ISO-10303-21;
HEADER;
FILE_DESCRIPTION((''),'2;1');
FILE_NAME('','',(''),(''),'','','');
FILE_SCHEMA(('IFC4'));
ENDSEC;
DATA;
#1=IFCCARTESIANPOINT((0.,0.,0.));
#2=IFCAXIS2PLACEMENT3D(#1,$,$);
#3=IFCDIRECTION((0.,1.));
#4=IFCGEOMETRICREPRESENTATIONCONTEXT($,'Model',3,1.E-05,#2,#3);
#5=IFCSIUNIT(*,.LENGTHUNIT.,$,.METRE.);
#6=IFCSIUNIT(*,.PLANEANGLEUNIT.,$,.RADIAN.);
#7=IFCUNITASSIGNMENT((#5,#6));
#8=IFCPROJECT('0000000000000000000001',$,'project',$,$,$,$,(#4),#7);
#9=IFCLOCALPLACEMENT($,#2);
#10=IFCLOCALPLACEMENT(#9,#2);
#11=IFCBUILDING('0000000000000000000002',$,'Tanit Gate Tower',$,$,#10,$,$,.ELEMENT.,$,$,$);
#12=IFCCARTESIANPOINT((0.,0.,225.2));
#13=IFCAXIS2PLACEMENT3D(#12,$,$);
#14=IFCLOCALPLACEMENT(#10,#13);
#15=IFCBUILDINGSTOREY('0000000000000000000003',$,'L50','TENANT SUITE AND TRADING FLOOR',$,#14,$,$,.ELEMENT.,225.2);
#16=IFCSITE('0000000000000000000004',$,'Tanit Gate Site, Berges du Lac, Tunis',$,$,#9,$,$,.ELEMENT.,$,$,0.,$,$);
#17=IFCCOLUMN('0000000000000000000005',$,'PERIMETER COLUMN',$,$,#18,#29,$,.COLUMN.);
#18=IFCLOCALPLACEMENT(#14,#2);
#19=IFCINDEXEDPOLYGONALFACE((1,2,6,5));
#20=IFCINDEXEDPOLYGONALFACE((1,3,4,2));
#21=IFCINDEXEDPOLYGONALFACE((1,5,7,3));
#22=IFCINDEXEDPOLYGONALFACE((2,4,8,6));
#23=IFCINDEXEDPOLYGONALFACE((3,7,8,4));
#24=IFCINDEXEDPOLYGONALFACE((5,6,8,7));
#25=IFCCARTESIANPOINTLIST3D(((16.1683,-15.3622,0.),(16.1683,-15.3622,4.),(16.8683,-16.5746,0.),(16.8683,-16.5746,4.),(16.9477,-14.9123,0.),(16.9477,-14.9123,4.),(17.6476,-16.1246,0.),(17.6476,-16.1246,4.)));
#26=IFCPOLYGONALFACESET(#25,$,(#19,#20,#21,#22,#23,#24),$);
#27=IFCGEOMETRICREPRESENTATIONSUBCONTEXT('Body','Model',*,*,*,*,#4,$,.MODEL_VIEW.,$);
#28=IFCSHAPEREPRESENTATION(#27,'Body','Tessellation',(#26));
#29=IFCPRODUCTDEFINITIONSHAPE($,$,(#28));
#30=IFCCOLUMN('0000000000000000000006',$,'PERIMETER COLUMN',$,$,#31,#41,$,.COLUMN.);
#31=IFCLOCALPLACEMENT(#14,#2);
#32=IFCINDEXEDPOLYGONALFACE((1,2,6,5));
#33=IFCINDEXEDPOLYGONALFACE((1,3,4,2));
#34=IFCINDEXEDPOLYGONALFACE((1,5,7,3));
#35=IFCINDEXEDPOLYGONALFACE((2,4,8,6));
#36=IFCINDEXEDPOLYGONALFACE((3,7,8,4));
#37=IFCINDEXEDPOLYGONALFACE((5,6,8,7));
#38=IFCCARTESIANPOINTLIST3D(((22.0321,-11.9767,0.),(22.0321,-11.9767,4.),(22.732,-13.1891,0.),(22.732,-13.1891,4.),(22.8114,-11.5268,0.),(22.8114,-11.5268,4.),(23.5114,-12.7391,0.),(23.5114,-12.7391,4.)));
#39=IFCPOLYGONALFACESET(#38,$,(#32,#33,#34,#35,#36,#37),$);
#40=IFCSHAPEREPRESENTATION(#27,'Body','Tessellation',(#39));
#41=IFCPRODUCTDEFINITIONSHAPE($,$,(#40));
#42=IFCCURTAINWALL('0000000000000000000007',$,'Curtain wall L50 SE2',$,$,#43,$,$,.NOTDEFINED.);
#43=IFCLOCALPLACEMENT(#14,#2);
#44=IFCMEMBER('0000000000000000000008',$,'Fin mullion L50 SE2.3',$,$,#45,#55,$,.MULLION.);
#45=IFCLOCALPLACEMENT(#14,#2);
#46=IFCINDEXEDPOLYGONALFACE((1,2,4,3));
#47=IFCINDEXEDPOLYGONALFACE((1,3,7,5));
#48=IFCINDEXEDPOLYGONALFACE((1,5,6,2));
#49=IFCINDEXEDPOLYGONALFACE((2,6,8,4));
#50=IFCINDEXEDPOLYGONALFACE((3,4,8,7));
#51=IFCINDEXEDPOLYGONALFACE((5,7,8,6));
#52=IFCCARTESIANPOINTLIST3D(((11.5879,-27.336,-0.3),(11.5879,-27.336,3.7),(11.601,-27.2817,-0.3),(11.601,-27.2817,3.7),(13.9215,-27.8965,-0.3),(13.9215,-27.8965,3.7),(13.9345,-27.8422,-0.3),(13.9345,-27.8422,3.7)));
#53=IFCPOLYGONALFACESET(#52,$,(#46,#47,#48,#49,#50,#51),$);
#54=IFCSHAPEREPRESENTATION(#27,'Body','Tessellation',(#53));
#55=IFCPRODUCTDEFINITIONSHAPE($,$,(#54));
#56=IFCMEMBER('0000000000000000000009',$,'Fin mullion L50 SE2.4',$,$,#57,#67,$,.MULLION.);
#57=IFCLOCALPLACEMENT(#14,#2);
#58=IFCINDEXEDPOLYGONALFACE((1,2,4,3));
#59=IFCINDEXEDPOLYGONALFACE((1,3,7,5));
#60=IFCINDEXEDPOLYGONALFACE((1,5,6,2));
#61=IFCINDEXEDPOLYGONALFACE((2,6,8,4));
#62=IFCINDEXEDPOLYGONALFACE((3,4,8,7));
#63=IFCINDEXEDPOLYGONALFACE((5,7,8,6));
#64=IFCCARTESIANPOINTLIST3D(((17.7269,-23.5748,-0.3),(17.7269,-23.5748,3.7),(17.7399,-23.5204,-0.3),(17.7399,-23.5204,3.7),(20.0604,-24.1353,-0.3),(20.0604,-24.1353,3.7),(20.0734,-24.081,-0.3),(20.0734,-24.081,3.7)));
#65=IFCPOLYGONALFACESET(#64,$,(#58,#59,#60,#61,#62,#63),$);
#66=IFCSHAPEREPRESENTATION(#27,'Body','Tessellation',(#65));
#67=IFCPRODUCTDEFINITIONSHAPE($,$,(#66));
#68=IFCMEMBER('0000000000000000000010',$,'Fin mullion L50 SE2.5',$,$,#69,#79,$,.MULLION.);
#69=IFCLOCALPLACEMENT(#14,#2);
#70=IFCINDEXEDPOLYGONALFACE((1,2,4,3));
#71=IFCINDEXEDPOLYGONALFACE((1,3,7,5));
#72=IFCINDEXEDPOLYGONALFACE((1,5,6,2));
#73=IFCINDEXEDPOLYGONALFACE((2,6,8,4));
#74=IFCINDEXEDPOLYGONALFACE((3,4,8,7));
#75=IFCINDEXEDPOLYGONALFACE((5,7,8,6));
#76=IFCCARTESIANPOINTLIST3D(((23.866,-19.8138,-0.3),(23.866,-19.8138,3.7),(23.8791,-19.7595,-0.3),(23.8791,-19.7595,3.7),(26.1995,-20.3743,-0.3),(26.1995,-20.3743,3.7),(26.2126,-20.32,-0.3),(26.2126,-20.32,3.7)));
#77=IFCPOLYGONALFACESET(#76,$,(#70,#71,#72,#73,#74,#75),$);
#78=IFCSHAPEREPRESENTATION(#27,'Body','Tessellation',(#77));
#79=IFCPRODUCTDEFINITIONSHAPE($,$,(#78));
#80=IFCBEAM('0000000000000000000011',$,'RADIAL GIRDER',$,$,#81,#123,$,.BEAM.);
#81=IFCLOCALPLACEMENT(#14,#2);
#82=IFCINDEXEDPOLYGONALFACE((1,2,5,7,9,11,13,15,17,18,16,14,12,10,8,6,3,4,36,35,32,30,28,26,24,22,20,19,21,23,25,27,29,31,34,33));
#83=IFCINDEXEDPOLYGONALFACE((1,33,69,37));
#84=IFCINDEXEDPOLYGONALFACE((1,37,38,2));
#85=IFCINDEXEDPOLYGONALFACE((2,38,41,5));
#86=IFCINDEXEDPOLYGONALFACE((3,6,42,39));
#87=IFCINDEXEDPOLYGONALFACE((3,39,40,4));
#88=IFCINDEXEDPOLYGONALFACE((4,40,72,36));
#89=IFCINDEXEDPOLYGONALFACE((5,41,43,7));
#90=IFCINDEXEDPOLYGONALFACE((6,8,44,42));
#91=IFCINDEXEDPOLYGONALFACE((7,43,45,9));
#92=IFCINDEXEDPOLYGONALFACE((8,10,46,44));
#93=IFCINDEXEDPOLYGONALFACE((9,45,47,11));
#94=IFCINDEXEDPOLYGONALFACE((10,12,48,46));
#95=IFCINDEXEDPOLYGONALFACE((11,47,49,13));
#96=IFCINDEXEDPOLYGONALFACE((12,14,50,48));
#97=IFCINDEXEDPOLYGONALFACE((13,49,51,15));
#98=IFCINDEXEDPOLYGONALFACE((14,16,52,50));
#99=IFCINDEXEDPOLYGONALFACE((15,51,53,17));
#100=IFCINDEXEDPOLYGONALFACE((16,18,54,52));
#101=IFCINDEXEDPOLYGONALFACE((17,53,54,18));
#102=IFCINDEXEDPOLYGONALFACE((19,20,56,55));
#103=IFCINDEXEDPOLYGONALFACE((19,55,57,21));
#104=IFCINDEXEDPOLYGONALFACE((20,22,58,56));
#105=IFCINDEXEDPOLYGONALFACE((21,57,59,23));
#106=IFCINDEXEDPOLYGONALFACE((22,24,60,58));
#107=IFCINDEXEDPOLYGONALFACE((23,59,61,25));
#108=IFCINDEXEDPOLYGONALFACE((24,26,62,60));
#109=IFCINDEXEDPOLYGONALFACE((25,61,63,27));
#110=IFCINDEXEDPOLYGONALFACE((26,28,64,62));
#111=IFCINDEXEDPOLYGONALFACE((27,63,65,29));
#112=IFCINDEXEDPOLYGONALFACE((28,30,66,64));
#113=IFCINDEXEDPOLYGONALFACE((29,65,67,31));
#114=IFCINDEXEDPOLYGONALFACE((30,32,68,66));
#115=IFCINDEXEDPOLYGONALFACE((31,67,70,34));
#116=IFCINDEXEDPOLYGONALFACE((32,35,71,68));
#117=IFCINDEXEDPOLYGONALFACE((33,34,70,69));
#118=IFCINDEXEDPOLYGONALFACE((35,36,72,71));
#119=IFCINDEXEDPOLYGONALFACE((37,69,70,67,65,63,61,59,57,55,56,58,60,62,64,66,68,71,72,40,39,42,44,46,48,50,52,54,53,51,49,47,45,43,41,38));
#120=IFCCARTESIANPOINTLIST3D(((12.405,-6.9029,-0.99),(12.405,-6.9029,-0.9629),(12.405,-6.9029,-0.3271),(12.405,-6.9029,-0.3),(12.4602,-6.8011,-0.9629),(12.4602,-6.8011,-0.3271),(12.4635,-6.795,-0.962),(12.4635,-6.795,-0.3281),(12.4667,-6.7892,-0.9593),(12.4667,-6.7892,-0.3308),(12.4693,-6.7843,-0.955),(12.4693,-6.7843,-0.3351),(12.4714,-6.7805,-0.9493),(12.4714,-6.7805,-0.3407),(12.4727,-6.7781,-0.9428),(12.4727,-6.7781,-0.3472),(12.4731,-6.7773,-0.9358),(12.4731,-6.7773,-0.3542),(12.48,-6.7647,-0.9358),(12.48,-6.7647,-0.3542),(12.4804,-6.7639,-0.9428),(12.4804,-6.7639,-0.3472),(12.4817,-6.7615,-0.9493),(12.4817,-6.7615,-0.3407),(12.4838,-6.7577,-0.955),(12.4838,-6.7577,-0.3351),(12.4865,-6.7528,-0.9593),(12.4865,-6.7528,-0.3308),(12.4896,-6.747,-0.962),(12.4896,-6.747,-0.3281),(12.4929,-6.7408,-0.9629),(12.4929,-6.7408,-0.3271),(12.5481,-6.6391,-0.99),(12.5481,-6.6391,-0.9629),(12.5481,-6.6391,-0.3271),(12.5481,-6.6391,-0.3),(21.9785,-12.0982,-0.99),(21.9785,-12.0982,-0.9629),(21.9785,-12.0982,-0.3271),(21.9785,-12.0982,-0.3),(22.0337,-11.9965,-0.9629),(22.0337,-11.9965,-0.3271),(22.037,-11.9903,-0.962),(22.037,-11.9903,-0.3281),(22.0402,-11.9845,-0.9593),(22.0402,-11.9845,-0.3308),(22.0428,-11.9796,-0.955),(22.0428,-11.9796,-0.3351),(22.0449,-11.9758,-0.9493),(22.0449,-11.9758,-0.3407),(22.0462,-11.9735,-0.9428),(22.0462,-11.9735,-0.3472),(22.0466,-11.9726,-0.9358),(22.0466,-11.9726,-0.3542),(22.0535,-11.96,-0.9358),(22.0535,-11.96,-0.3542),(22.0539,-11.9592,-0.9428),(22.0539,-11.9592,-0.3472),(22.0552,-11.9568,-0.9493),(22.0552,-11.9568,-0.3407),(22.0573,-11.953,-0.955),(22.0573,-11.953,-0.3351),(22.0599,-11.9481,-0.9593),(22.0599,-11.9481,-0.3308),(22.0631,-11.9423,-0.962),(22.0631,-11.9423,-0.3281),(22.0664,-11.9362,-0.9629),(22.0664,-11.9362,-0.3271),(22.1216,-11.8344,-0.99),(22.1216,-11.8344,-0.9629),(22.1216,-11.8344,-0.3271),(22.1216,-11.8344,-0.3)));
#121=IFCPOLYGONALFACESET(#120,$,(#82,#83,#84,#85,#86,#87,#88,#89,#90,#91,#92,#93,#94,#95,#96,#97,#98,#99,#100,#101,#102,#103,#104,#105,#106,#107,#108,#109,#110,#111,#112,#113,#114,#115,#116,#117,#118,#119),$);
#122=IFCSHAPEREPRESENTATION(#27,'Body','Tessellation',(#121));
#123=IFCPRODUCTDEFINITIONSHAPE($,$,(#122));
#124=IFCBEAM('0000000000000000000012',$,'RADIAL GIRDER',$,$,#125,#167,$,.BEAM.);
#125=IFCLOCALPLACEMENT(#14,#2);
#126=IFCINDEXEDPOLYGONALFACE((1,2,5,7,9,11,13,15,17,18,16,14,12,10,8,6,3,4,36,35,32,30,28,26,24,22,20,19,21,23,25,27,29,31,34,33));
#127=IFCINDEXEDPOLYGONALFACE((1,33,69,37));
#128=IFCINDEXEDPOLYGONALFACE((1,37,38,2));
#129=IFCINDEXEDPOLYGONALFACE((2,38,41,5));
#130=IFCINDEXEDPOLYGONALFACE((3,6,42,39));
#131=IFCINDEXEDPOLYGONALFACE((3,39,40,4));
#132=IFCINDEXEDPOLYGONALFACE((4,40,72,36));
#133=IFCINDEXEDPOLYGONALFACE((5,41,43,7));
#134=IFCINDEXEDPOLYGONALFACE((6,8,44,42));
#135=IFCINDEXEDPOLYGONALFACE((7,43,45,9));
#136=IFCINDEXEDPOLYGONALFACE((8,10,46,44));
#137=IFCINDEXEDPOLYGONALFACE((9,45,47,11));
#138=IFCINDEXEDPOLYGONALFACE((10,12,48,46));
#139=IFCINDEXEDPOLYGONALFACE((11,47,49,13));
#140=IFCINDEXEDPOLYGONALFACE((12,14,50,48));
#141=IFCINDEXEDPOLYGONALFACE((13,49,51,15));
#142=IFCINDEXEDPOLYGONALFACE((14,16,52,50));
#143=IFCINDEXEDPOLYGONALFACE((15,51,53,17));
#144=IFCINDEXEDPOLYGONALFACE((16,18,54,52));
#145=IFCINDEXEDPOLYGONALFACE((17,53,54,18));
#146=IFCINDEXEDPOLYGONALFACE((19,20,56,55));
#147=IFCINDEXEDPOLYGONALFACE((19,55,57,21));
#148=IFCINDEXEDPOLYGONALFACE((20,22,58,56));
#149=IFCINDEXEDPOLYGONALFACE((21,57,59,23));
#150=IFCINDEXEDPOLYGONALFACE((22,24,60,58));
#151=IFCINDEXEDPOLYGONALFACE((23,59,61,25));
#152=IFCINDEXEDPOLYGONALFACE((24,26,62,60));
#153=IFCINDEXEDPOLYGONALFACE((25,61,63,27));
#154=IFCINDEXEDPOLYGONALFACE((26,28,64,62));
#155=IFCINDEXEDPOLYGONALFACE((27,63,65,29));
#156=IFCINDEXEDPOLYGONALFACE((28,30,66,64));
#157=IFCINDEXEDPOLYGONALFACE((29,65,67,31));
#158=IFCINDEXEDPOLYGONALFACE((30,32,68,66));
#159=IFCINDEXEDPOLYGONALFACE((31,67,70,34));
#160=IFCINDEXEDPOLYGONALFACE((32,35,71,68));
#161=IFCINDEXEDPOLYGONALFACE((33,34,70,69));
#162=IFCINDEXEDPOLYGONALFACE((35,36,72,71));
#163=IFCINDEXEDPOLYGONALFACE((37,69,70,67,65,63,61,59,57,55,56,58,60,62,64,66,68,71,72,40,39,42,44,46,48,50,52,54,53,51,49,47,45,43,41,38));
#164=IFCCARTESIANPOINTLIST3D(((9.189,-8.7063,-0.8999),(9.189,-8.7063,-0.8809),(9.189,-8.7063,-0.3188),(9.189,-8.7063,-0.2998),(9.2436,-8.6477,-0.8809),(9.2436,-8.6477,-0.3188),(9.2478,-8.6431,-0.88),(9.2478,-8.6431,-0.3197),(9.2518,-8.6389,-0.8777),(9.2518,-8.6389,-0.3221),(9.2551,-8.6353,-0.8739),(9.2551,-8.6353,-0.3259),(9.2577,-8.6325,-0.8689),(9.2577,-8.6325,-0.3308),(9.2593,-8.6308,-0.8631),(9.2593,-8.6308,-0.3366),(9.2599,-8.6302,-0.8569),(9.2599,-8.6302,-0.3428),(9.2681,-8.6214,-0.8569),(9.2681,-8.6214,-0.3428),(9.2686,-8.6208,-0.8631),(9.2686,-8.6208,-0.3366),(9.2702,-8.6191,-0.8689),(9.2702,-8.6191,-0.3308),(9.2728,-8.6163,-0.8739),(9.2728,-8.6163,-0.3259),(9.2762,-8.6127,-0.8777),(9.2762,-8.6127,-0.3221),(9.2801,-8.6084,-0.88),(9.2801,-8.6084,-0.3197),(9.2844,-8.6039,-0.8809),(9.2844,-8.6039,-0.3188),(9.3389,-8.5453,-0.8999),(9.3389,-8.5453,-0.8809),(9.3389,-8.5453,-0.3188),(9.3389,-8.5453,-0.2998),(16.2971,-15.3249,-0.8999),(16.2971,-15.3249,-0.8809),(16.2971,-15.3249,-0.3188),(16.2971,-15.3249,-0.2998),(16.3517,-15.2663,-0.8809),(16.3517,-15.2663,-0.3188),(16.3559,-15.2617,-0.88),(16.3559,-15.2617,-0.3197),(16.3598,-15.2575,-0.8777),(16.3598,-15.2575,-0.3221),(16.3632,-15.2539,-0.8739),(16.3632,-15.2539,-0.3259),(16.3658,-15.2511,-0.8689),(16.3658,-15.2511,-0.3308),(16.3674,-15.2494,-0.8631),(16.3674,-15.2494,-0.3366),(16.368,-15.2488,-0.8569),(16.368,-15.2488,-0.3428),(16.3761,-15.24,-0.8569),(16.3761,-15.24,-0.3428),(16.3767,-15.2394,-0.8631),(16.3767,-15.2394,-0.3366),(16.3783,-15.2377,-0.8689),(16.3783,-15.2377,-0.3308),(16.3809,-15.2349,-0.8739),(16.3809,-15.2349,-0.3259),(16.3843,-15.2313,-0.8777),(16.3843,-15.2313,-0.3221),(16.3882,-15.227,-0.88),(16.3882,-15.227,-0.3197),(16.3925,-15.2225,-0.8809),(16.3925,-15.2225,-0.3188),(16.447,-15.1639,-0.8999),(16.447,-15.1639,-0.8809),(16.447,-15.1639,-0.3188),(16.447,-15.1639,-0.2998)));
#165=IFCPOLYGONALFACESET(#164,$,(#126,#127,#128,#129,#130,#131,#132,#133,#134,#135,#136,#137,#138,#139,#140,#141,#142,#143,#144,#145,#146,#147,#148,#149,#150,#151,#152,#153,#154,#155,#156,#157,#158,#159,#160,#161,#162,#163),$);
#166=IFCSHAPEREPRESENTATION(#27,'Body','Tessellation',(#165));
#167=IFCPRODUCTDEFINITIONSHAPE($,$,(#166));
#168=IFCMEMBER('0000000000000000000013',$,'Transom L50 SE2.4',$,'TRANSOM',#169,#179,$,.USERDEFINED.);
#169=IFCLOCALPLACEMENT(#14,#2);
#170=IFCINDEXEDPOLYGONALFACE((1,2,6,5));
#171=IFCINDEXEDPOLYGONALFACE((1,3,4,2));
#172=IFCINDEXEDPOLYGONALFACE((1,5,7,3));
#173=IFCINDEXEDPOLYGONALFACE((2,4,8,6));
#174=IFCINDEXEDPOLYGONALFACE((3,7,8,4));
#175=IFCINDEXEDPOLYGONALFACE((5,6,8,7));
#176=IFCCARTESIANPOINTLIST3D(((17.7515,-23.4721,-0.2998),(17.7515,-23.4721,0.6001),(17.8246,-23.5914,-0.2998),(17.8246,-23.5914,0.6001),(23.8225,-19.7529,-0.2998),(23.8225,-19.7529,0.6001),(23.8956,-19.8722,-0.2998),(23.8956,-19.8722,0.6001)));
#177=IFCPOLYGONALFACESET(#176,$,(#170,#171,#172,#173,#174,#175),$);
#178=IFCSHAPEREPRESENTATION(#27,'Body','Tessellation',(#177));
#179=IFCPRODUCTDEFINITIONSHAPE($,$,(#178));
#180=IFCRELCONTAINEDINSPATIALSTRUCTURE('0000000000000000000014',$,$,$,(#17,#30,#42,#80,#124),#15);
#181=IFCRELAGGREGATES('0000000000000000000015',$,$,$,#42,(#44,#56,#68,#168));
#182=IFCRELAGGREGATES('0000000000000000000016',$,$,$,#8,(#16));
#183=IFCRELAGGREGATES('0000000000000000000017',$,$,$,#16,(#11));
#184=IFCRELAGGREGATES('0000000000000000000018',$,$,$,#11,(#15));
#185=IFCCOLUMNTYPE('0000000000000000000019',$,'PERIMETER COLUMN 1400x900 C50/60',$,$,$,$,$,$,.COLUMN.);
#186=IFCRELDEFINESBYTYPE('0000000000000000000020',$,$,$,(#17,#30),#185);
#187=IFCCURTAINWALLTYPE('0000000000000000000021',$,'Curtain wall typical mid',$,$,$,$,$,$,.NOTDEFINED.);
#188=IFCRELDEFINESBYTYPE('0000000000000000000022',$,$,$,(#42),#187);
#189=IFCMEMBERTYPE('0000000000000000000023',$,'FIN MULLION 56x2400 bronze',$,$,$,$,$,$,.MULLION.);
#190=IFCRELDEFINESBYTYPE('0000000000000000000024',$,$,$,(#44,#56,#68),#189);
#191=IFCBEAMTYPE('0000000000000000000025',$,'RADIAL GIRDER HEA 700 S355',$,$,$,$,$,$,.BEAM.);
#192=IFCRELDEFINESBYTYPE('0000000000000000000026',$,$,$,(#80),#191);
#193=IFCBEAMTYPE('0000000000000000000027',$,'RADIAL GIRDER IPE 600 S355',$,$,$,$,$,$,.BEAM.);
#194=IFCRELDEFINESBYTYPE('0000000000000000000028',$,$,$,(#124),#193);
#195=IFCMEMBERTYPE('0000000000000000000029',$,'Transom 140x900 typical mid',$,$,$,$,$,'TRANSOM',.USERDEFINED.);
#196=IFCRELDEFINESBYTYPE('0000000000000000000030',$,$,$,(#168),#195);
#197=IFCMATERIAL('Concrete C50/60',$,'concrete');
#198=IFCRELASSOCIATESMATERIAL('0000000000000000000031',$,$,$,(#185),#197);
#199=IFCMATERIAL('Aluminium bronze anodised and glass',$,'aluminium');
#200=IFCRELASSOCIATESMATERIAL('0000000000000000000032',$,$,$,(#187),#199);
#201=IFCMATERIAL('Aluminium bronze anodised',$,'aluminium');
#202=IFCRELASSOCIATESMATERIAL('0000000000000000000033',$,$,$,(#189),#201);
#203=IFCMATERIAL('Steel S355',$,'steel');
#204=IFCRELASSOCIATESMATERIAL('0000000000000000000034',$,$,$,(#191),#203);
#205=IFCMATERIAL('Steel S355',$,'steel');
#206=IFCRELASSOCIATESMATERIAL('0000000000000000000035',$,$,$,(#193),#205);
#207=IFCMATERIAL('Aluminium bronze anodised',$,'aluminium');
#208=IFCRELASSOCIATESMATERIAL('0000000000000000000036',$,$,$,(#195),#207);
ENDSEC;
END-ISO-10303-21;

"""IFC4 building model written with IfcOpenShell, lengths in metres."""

from ifc_helpers import new_model, si_unit, direction, frame, origin, origin_2d, place, context, subcontext, project, spatial, rectangle, i_section, extrude, material, material_profile, profile_set, type_object, element, aggregate, save


model = new_model("IFC4")

# Units and contexts
model_context = context("Model", 3, precision=1e-05, world=origin(), true_north=direction((0.0, 1.0)))
body_context = subcontext(model_context, "Body", "Model", "MODEL_VIEW")
ifc_project = project(units=[si_unit("LENGTHUNIT", "METRE"), si_unit("PLANEANGLEUNIT", "RADIAN")], contexts=[model_context])

# Site, building, storey
site_placement = place(None, origin())
site = spatial("IfcSite", under=ifc_project, at=site_placement, Name="Tanit Gate Site, Berges du Lac, Tunis", CompositionType="ELEMENT", RefElevation=0.0)
building_placement = place(site_placement, origin())
building = spatial("IfcBuilding", under=site, at=building_placement, Name="Tanit Gate Tower", CompositionType="ELEMENT")
storey_placement = place(building_placement, frame((0.0, 0.0, 225.2)))
storey = spatial("IfcBuildingStorey", under=building, at=storey_placement, Name="L50", Description="TENANT SUITE AND TRADING FLOOR", CompositionType="ELEMENT", Elevation=225.2)

# Columns
ifc_material_1 = material(Name="Concrete C50/60", Category="concrete")
ifc_material_profile_1 = material_profile(ifc_material_1, rectangle(XDim=1.3999, YDim=0.8999, at=origin_2d()), Name="RC 1400x900")
ifc_profile_set_1 = profile_set([ifc_material_profile_1], Name="Concrete C50/60")
column_type = type_object("IfcColumnType", Name="PERIMETER COLUMN 1400x900 C50/60", PredefinedType="COLUMN", material=ifc_profile_set_1)
for number, where, z_axis, x_axis, name in (
    (1, (16.908, -15.7434, 0.0), (0.0, 0.0, 1.0), (0.5, -0.866025, 0.0), "PERIMETER COLUMN"),
    (2, (22.7717, -12.3579, 0.0), (0.0, 0.0, 1.0), (0.5, -0.866025, 0.0), "PERIMETER COLUMN"),
):
    element("IfcColumn", number, at=place(storey_placement, frame(where, z_axis=z_axis, x_axis=x_axis)), inside=storey, type_object=column_type, Name=name, PredefinedType="COLUMN", context=body_context, shape_type="SweptSolid", body=[
        extrude(rectangle(XDim=1.3999, YDim=0.8999, at=origin_2d()), origin(), (0.0, 0.0, 1.0), 4.0),
    ])

# Curtain wall, members
ifc_material_2 = material(Name="Aluminium bronze anodised and glass", Category="aluminium")
curtain_wall_type = type_object("IfcCurtainWallType", Name="Curtain wall typical mid", PredefinedType="NOTDEFINED", material=ifc_material_2)
curtain_wall_placement = place(storey_placement, origin())
curtain_wall = element("IfcCurtainWall", 3, at=curtain_wall_placement, inside=storey, type_object=curtain_wall_type, Name="Curtain wall L50 SE2", PredefinedType="NOTDEFINED")
ifc_material_3 = material(Name="Aluminium bronze anodised", Category="aluminium")
ifc_material_profile_2 = material_profile(ifc_material_3, rectangle(XDim=2.3999, YDim=0.0559, at=origin_2d()), Name="56x2400 bronze fin mullion")
ifc_profile_set_2 = profile_set([ifc_material_profile_2], Name="Aluminium bronze anodised")
member_type_1 = type_object("IfcMemberType", Name="FIN MULLION 56x2400 bronze", PredefinedType="MULLION", material=ifc_profile_set_2)
member_1_placement = place(storey_placement, frame((12.7612, -27.5891, -0.3), z_axis=(0.0, 0.0, 1.0), x_axis=(-0.972343, 0.233557, 0.0)))
member_1 = element("IfcMember", 4, at=member_1_placement, type_object=member_type_1, Name="Fin mullion L50 SE2.3", PredefinedType="MULLION", context=body_context, shape_type="SweptSolid", body=[
    extrude(rectangle(XDim=2.3999, YDim=0.0559, at=origin_2d()), origin(), (0.0, 0.0, 1.0), 4.0),
])
member_2_placement = place(storey_placement, frame((18.9001, -23.8279, -0.3), z_axis=(0.0, 0.0, 1.0), x_axis=(-0.972343, 0.233557, 0.0)))
member_2 = element("IfcMember", 5, at=member_2_placement, type_object=member_type_1, Name="Fin mullion L50 SE2.4", PredefinedType="MULLION", context=body_context, shape_type="SweptSolid", body=[
    extrude(rectangle(XDim=2.3999, YDim=0.0559, at=origin_2d()), origin(), (0.0, 0.0, 1.0), 4.0),
])
member_3_placement = place(storey_placement, frame((25.0393, -20.0669, -0.3), z_axis=(0.0, 0.0, 1.0), x_axis=(-0.972343, 0.233557, 0.0)))
member_3 = element("IfcMember", 6, at=member_3_placement, type_object=member_type_1, Name="Fin mullion L50 SE2.5", PredefinedType="MULLION", context=body_context, shape_type="SweptSolid", body=[
    extrude(rectangle(XDim=2.3999, YDim=0.0559, at=origin_2d()), origin(), (0.0, 0.0, 1.0), 4.0),
])

# Beams
ifc_material_4 = material(Name="Steel S355", Category="steel")
ifc_material_profile_3 = material_profile(ifc_material_4, i_section(OverallWidth=0.3, OverallDepth=0.6899, WebThickness=0.0144, FlangeThickness=0.0271, FilletRadius=0.0271, at=origin_2d()), Name="HEA 700")
ifc_profile_set_3 = profile_set([ifc_material_profile_3], Name="Steel S355")
beam_type_1 = type_object("IfcBeamType", Name="RADIAL GIRDER HEA 700 S355", PredefinedType="BEAM", material=ifc_profile_set_3)
beam_1_placement = place(storey_placement, frame((22.05, -11.9663, -0.645), z_axis=(-0.87892, 0.47697, 0.0), x_axis=(-0.47697, -0.87892, 0.0)))
element("IfcBeam", 7, at=beam_1_placement, inside=storey, type_object=beam_type_1, Name="RADIAL GIRDER", PredefinedType="BEAM", context=body_context, shape_type="SweptSolid", body=[
    extrude(i_section(OverallWidth=0.3, OverallDepth=0.6899, WebThickness=0.0144, FlangeThickness=0.0271, FilletRadius=0.0271, at=origin_2d()), origin(), (0.0, 0.0, 1.0), 10.8923),
])
ifc_material_5 = material(Name="Steel S355", Category="steel")
ifc_material_profile_4 = material_profile(ifc_material_5, i_section(OverallWidth=0.22, OverallDepth=0.6001, WebThickness=0.012, FlangeThickness=0.019, FilletRadius=0.0239, at=origin_2d()), Name="IPE 600")
ifc_profile_set_4 = profile_set([ifc_material_profile_4], Name="Steel S355")
beam_type_2 = type_object("IfcBeamType", Name="RADIAL GIRDER IPE 600 S355", PredefinedType="BEAM", material=ifc_profile_set_4)
beam_2_placement = place(storey_placement, frame((16.3721, -15.2444, -0.5999), z_axis=(-0.731857, 0.681458, 0.0), x_axis=(-0.681458, -0.731857, 0.0)))
element("IfcBeam", 8, at=beam_2_placement, inside=storey, type_object=beam_type_2, Name="RADIAL GIRDER", PredefinedType="BEAM", context=body_context, shape_type="SweptSolid", body=[
    extrude(i_section(OverallWidth=0.22, OverallDepth=0.6001, WebThickness=0.012, FlangeThickness=0.019, FilletRadius=0.0239, at=origin_2d()), origin(), (0.0, 0.0, 1.0), 9.7124),
])

# Member
ifc_material_6 = material(Name="Aluminium bronze anodised", Category="aluminium")
ifc_material_profile_5 = material_profile(ifc_material_6, rectangle(XDim=0.1399, YDim=0.8999, at=origin_2d()), Name="140x900 bronze transom")
ifc_profile_set_5 = profile_set([ifc_material_profile_5], Name="Aluminium bronze anodised")
member_type_2 = type_object("IfcMemberType", Name="Transom 140x900 typical mid", ElementType="TRANSOM", PredefinedType="USERDEFINED", material=ifc_profile_set_5)
member_4_placement = place(storey_placement, frame((17.7881, -23.5317, 0.1501), z_axis=(0.852709, 0.522386, 0.0), x_axis=(-0.522386, 0.852709, 0.0)))
member_4 = element("IfcMember", 9, at=member_4_placement, type_object=member_type_2, Name="Transom L50 SE2.4", ObjectType="TRANSOM", PredefinedType="USERDEFINED", context=body_context, shape_type="SweptSolid", body=[
    extrude(rectangle(XDim=0.1399, YDim=0.8999, at=origin_2d()), origin(), (0.0, 0.0, 1.0), 7.1196),
])

aggregate(curtain_wall, [member_1, member_2, member_3, member_4])

save(model, "model.ifc")
